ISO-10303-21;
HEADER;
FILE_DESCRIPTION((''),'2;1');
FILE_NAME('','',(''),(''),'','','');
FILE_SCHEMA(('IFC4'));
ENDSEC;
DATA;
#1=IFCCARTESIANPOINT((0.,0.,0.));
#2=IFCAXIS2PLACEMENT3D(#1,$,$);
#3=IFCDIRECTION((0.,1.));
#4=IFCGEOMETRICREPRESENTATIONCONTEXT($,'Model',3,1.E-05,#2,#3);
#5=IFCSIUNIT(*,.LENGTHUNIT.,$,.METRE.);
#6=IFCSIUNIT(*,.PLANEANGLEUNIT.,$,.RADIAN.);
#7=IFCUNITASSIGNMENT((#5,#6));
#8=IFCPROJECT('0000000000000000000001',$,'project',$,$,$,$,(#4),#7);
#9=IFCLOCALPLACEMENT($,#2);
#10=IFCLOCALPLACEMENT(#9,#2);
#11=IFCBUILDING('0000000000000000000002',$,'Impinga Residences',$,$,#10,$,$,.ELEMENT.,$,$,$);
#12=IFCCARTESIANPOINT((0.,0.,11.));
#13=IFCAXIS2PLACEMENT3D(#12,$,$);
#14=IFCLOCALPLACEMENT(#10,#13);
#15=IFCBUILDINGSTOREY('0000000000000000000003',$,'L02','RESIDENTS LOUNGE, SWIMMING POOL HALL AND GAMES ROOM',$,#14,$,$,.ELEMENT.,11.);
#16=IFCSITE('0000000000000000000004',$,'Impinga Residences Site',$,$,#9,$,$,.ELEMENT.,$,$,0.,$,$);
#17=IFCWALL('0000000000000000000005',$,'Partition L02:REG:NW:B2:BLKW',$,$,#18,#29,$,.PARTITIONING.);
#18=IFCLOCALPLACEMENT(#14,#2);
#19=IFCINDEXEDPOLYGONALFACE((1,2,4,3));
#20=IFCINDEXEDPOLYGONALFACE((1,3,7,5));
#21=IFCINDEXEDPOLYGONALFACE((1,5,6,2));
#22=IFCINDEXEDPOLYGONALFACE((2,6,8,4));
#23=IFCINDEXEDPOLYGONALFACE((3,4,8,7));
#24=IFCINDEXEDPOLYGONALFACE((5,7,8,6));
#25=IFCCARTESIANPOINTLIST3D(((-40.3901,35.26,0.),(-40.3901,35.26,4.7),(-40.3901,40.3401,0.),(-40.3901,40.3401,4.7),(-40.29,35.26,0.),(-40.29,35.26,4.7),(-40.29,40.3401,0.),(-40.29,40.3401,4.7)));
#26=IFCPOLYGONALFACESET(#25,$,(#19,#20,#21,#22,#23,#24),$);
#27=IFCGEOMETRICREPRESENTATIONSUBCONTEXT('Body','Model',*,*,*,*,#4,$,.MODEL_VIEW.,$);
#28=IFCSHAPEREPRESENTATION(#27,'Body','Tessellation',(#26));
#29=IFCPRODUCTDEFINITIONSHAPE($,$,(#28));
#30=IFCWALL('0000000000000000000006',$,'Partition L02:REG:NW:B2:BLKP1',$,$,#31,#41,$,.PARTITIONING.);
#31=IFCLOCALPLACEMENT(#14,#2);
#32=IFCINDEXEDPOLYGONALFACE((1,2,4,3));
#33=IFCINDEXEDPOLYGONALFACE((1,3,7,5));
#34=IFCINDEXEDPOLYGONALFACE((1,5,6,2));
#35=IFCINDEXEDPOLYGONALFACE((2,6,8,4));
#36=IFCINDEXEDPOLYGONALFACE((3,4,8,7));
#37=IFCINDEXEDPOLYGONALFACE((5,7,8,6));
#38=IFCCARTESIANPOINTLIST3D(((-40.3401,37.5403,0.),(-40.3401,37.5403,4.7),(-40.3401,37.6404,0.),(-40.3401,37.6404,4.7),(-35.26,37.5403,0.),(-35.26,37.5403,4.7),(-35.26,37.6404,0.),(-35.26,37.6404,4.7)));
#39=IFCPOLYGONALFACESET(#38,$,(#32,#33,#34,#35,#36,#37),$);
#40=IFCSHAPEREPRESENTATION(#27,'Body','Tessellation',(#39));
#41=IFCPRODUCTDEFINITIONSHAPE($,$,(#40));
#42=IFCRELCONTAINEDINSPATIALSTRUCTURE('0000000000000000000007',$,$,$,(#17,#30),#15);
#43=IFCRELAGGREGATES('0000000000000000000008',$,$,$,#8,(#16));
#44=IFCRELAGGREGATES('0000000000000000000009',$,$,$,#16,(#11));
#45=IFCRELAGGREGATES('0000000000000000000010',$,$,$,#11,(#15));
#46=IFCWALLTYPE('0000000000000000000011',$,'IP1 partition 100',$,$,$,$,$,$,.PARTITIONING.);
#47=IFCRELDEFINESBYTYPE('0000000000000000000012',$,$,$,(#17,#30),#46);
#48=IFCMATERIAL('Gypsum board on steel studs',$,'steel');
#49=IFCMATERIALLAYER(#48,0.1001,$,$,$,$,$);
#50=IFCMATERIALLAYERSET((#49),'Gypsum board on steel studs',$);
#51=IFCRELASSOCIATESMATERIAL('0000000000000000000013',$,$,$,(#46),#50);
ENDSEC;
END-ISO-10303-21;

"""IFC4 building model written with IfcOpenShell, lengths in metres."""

from ifc_helpers import new_model, si_unit, direction, frame, frame_2d, origin, place, context, subcontext, project, spatial, rectangle, extrude, material, layer, layer_set, type_object, element, save


model = new_model("IFC4")

# Units and contexts
model_context = context("Model", 3, precision=1e-05, world=origin(), true_north=direction((0.0, 1.0)))
body_context = subcontext(model_context, "Body", "Model", "MODEL_VIEW")
ifc_project = project(units=[si_unit("LENGTHUNIT", "METRE"), si_unit("PLANEANGLEUNIT", "RADIAN")], contexts=[model_context])

# Site, building, storey
site_placement = place(None, origin())
site = spatial("IfcSite", under=ifc_project, at=site_placement, Name="Impinga Residences Site", CompositionType="ELEMENT", RefElevation=0.0)
building_placement = place(site_placement, origin())
building = spatial("IfcBuilding", under=site, at=building_placement, Name="Impinga Residences", CompositionType="ELEMENT")
storey_placement = place(building_placement, frame((0.0, 0.0, 11.0)))
storey = spatial("IfcBuildingStorey", under=building, at=storey_placement, Name="L02", Description="RESIDENTS LOUNGE, SWIMMING POOL HALL AND GAMES ROOM", CompositionType="ELEMENT", Elevation=11.0)

# Walls
ifc_material_1 = material(Name="Gypsum board on steel studs", Category="steel")
ifc_layer_1 = layer(ifc_material_1, 0.1001)
ifc_layer_set_1 = layer_set([ifc_layer_1], Name="Gypsum board on steel studs")
wall_type = type_object("IfcWallType", Name="IP1 partition 100", PredefinedType="PARTITIONING", material=ifc_layer_set_1)
for number, where, z_axis, x_axis, name in (
    (1, (-40.3401, 40.3401, 0.0), (0.0, 0.0, 1.0), (0.0, -1.0, 0.0), "Partition L02:REG:NW:B2:BLKW"),
    (2, (-40.3401, 37.5903, 0.0), (0.0, 0.0, 1.0), (1.0, 0.0, 0.0), "Partition L02:REG:NW:B2:BLKP1"),
):
    element("IfcWall", number, at=place(storey_placement, frame(where, z_axis=z_axis, x_axis=x_axis)), inside=storey, type_object=wall_type, Name=name, PredefinedType="PARTITIONING", context=body_context, shape_type="SweptSolid", body=[
        extrude(rectangle(XDim=5.0801, YDim=0.1001, at=frame_2d((2.54, 0.0))), origin(), (0.0, 0.0, 1.0), 4.7),
    ])

save(model, "model.ifc")
